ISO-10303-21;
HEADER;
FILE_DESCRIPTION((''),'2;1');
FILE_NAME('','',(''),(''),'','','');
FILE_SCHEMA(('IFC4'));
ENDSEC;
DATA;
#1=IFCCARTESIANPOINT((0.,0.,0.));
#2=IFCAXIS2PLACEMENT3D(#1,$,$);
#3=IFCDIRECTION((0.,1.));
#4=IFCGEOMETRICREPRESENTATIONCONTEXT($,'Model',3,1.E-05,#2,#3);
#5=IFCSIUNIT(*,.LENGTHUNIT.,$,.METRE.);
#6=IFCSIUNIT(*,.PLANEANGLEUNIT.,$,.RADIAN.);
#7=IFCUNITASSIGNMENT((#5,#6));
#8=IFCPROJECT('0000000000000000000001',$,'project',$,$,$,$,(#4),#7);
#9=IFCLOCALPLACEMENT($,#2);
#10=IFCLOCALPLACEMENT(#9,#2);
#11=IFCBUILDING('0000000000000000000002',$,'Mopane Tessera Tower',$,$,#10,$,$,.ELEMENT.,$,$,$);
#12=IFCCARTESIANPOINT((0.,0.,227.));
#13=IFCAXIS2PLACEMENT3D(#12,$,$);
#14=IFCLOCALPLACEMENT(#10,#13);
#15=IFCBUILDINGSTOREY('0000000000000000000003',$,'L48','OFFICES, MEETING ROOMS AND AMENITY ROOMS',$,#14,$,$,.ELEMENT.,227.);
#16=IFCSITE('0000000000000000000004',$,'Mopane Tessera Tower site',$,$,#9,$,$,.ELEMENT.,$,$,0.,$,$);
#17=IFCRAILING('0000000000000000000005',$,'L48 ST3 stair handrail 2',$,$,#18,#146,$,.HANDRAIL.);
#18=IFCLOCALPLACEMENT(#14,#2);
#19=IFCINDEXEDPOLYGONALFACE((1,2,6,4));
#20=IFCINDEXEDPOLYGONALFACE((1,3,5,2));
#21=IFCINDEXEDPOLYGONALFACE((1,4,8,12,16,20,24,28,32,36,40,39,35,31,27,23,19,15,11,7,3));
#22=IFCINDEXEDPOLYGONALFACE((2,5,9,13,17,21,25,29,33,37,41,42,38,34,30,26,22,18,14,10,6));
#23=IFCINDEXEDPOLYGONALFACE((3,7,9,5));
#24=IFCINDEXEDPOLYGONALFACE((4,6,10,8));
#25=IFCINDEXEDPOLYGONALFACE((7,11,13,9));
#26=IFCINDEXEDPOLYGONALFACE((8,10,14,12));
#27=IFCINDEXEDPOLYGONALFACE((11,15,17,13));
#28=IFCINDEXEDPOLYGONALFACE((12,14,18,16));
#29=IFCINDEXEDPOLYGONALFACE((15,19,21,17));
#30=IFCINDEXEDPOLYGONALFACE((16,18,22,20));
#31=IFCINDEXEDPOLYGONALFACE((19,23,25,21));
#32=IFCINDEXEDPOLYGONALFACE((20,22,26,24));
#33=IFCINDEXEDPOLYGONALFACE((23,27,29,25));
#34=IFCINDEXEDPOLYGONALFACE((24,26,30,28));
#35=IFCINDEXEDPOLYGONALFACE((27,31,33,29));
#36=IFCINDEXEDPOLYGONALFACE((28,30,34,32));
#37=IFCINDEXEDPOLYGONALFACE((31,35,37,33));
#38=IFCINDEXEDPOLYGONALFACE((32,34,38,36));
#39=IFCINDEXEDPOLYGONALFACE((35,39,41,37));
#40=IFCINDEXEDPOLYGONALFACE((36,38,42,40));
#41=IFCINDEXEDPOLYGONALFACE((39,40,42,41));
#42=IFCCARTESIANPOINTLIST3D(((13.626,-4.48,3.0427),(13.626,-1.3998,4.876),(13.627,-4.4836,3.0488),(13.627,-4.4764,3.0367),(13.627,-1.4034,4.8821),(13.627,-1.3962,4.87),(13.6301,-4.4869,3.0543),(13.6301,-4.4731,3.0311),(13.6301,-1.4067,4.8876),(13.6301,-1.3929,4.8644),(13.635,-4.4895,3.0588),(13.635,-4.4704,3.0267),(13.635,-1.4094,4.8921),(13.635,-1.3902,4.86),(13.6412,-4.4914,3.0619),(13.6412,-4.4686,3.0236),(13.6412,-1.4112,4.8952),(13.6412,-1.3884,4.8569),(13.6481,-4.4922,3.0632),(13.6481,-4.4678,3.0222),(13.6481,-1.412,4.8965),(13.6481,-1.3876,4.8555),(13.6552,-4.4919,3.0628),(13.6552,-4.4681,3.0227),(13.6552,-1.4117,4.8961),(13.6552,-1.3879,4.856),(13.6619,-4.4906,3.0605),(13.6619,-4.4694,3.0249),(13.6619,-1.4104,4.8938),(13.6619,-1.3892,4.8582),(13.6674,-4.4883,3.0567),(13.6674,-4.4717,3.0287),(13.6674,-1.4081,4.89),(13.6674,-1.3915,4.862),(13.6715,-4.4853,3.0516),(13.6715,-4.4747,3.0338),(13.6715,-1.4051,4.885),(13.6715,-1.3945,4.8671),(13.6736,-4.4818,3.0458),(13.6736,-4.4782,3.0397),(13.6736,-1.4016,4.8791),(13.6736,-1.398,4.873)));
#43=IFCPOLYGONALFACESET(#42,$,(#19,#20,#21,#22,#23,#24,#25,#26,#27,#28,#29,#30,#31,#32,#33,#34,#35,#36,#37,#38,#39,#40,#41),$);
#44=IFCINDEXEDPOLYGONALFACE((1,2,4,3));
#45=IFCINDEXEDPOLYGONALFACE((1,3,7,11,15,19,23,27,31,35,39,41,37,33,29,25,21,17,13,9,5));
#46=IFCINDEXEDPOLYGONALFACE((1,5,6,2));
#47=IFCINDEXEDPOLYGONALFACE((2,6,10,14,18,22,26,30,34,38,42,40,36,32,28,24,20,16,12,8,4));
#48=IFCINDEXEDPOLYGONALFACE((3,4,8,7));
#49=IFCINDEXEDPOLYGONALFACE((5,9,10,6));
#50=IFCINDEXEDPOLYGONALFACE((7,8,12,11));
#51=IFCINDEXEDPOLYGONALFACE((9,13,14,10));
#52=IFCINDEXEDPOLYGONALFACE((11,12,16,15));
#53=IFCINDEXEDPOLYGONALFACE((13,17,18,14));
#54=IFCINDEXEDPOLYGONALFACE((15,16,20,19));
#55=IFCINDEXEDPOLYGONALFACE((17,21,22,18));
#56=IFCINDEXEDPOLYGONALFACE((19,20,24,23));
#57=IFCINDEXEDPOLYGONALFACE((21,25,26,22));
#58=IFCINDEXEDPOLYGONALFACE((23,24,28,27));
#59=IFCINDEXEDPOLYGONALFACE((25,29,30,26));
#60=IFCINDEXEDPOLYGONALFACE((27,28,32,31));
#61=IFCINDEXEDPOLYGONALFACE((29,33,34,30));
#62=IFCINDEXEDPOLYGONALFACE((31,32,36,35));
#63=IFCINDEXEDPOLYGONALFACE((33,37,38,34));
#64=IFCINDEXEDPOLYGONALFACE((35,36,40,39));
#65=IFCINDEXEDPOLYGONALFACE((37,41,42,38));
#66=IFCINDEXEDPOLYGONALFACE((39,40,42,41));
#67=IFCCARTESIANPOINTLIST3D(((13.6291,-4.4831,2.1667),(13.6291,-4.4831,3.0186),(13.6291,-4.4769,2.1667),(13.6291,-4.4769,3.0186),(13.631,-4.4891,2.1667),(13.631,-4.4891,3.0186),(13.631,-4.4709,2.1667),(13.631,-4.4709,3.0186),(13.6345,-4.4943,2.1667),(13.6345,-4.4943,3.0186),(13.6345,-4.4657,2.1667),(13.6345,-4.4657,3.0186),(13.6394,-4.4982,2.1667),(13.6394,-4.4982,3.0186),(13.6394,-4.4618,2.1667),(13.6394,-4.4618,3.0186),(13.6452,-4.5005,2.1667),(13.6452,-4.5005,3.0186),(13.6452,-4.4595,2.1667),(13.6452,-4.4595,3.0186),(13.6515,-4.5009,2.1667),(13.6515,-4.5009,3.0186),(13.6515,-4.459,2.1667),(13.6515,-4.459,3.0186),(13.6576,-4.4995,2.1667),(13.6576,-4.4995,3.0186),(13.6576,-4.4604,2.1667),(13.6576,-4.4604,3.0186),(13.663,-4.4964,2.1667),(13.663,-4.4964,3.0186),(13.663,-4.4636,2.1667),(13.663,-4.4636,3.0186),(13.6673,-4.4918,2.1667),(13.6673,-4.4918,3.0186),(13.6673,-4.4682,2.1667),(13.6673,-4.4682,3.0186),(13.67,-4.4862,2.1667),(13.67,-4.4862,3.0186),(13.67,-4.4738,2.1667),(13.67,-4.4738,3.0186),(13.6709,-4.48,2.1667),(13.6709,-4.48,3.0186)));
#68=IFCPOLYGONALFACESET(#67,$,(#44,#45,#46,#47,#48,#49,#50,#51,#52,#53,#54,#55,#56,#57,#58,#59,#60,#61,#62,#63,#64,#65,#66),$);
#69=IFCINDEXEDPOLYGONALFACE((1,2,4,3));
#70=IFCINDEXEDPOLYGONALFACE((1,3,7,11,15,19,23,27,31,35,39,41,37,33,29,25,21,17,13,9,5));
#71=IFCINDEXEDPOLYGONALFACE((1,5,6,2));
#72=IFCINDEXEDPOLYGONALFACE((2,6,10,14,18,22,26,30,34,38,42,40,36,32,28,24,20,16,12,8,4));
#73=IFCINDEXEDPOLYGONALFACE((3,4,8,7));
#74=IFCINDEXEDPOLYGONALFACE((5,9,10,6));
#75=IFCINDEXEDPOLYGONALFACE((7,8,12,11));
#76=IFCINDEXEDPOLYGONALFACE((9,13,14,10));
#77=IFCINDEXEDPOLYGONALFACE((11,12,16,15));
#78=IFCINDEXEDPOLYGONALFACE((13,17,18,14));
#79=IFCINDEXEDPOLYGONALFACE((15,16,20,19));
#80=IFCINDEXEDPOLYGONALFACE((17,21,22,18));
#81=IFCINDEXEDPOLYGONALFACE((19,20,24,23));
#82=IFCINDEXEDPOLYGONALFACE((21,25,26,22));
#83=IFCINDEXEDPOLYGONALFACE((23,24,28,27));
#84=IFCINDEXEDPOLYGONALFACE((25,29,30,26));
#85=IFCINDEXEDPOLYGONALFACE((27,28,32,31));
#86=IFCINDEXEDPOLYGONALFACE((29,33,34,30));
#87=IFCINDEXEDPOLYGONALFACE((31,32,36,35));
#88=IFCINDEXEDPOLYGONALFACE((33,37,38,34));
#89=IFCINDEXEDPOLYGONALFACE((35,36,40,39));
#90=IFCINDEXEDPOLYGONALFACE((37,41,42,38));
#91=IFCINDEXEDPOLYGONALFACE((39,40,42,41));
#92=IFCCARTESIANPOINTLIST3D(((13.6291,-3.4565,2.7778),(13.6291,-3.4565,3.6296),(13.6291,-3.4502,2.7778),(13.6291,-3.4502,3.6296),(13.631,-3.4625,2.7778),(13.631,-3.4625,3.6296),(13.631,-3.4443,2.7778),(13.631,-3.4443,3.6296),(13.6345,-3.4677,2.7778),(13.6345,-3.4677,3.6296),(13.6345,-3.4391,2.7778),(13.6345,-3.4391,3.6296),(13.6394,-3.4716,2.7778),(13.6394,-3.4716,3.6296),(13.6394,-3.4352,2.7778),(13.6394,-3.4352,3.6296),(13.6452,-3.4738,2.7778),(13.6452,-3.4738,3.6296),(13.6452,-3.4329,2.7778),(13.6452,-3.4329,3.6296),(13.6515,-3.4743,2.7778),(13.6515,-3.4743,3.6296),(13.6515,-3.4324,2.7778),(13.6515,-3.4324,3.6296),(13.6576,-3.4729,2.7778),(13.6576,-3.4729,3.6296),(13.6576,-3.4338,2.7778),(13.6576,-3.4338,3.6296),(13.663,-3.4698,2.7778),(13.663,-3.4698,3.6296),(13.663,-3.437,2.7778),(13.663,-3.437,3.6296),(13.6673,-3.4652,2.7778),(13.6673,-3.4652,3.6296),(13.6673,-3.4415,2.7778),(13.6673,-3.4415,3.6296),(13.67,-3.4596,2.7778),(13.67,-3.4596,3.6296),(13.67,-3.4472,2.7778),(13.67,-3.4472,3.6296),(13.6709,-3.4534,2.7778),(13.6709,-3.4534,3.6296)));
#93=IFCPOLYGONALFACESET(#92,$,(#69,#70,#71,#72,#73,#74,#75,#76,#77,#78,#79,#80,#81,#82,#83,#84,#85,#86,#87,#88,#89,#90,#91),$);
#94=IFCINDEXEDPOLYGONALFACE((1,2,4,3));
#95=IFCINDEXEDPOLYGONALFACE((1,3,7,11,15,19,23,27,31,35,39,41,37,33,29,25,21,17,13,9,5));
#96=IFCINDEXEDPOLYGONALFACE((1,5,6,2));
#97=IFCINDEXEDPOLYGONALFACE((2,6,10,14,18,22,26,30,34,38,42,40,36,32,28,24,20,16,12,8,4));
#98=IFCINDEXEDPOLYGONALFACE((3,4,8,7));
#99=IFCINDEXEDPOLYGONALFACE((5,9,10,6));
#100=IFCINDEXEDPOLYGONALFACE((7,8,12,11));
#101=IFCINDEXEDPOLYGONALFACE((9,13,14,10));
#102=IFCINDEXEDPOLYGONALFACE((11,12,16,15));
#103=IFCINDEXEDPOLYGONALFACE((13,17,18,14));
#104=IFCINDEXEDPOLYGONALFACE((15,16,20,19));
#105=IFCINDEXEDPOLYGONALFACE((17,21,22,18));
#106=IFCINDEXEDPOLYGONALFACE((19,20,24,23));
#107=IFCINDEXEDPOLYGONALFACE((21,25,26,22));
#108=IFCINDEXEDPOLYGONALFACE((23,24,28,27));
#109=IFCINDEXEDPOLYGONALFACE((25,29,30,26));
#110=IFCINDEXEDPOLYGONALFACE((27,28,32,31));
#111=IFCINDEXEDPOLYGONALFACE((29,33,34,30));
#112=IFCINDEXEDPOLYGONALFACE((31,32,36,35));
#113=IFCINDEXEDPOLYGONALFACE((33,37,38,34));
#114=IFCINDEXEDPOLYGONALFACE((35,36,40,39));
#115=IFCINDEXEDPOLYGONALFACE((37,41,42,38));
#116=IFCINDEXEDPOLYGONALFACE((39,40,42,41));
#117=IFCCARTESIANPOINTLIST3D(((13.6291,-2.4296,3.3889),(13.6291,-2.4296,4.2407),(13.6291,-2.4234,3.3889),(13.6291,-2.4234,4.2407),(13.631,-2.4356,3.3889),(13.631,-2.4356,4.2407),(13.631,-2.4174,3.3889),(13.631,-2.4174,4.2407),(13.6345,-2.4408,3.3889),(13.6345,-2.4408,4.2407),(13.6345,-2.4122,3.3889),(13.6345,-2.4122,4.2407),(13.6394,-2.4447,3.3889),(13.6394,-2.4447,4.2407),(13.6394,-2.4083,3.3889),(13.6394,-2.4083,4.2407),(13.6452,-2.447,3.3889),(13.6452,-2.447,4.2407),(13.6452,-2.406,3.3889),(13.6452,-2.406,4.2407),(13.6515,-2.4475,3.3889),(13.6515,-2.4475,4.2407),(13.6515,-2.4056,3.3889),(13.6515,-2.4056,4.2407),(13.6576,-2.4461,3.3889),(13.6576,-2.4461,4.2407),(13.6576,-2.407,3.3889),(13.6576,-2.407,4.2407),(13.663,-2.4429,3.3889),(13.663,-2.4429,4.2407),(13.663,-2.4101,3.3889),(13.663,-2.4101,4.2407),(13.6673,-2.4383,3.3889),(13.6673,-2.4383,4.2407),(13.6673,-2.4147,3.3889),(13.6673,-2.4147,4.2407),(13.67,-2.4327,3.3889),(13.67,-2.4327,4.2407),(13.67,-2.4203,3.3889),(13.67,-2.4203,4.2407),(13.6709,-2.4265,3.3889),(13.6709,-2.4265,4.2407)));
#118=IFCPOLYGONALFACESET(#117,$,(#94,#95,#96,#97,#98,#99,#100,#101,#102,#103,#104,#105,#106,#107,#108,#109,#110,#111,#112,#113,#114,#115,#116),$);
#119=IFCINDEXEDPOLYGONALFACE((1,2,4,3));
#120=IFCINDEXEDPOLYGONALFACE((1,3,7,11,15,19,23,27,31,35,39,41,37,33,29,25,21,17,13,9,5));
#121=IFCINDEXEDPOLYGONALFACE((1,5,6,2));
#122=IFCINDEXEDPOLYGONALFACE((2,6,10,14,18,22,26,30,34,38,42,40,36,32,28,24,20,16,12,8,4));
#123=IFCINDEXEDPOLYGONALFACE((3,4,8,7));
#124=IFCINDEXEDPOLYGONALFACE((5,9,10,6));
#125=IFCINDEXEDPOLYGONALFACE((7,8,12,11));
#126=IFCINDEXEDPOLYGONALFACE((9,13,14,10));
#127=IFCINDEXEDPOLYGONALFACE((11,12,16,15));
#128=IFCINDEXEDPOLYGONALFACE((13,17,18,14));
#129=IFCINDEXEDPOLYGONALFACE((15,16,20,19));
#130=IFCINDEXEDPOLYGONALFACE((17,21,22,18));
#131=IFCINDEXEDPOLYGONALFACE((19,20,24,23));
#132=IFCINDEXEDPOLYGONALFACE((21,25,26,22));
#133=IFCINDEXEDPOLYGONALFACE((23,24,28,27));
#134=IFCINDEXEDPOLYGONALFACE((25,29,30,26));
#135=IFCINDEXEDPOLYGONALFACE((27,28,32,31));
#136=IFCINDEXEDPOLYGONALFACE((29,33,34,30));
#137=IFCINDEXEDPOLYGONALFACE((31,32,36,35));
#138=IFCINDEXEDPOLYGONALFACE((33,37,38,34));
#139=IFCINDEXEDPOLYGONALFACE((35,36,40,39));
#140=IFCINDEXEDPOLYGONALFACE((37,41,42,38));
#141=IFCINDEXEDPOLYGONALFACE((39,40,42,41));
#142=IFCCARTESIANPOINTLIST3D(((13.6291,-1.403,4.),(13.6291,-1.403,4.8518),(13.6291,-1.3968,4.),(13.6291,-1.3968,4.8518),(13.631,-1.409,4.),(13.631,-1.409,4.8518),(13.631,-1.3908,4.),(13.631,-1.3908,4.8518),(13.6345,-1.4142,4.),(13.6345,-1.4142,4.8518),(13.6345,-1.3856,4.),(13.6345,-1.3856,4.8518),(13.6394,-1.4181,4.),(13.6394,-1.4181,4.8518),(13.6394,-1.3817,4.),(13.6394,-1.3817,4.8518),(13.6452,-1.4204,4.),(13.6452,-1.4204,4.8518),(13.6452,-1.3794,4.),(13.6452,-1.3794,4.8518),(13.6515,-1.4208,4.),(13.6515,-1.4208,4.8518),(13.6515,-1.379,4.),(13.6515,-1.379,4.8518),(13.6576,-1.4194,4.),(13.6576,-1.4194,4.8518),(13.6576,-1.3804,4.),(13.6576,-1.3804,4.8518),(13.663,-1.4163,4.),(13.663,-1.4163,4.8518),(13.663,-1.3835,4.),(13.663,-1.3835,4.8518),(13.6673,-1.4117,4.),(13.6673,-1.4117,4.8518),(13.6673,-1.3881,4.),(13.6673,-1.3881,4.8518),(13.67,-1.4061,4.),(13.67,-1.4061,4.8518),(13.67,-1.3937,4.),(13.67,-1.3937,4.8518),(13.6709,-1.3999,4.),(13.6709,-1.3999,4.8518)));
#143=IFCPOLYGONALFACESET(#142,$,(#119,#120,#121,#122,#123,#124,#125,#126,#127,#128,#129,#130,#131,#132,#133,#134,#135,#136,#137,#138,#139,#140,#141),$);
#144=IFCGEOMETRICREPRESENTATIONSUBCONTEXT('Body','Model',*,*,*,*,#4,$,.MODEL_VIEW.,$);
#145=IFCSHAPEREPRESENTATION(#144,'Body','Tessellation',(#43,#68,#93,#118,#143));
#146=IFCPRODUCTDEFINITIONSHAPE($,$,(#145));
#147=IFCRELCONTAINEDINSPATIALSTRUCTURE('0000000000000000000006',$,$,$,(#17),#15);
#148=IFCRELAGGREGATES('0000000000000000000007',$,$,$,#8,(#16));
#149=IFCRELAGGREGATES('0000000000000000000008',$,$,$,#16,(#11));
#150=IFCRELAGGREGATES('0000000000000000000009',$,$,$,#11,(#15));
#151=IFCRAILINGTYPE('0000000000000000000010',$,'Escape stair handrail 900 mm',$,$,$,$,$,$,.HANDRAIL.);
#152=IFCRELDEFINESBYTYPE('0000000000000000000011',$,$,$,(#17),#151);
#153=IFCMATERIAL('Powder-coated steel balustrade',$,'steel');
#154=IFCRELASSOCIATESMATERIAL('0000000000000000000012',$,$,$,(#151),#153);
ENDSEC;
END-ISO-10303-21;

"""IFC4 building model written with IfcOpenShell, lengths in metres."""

from ifc_helpers import new_model, si_unit, direction, frame, origin, origin_2d, place, context, subcontext, project, spatial, circle, extrude, material, type_object, element, save


model = new_model("IFC4")

# Units and contexts
model_context = context("Model", 3, precision=1e-05, world=origin(), true_north=direction((0.0, 1.0)))
body_context = subcontext(model_context, "Body", "Model", "MODEL_VIEW")
ifc_project = project(units=[si_unit("LENGTHUNIT", "METRE"), si_unit("PLANEANGLEUNIT", "RADIAN")], contexts=[model_context])

# Site, building, storey
site_placement = place(None, origin())
site = spatial("IfcSite", under=ifc_project, at=site_placement, Name="Mopane Tessera Tower site", CompositionType="ELEMENT", RefElevation=0.0)
building_placement = place(site_placement, origin())
building = spatial("IfcBuilding", under=site, at=building_placement, Name="Mopane Tessera Tower", CompositionType="ELEMENT")
storey_placement = place(building_placement, frame((0.0, 0.0, 227.0)))
storey = spatial("IfcBuildingStorey", under=building, at=storey_placement, Name="L48", Description="OFFICES, MEETING ROOMS AND AMENITY ROOMS", CompositionType="ELEMENT", Elevation=227.0)

# Railing
ifc_material_1 = material(Name="Powder-coated steel balustrade", Category="steel")
railing_type_1 = type_object("IfcRailingType", Name="Escape stair handrail 900 mm", PredefinedType="HANDRAIL", material=ifc_material_1)
railing_1_placement = place(storey_placement, frame((13.6499, -4.48, 2.1667)))
element("IfcRailing", 1, at=railing_1_placement, inside=storey, type_object=railing_type_1, Name="L48 ST3 stair handrail 2", PredefinedType="HANDRAIL", context=body_context, shape_type="SweptSolid", body=[
    extrude(circle(Radius=0.0239, at=origin_2d()), frame((0.0, 0.0, 0.876), z_axis=(0.0, 0.859309, 0.511458), x_axis=(-1.0, 0.0, 0.0)), (0.0, 0.0, 1.0), 3.5845),
    extrude(circle(Radius=0.021, at=origin_2d()), origin(), (0.0, 0.0, 1.0), 0.8518),
    extrude(circle(Radius=0.021, at=origin_2d()), frame((0.0, 1.0266, 0.6111)), (0.0, 0.0, 1.0), 0.8518),
    extrude(circle(Radius=0.021, at=origin_2d()), frame((0.0, 2.0535, 1.2222)), (0.0, 0.0, 1.0), 0.8518),
    extrude(circle(Radius=0.021, at=origin_2d()), frame((0.0, 3.0801, 1.8333)), (0.0, 0.0, 1.0), 0.8518),
])

save(model, "model.ifc")
